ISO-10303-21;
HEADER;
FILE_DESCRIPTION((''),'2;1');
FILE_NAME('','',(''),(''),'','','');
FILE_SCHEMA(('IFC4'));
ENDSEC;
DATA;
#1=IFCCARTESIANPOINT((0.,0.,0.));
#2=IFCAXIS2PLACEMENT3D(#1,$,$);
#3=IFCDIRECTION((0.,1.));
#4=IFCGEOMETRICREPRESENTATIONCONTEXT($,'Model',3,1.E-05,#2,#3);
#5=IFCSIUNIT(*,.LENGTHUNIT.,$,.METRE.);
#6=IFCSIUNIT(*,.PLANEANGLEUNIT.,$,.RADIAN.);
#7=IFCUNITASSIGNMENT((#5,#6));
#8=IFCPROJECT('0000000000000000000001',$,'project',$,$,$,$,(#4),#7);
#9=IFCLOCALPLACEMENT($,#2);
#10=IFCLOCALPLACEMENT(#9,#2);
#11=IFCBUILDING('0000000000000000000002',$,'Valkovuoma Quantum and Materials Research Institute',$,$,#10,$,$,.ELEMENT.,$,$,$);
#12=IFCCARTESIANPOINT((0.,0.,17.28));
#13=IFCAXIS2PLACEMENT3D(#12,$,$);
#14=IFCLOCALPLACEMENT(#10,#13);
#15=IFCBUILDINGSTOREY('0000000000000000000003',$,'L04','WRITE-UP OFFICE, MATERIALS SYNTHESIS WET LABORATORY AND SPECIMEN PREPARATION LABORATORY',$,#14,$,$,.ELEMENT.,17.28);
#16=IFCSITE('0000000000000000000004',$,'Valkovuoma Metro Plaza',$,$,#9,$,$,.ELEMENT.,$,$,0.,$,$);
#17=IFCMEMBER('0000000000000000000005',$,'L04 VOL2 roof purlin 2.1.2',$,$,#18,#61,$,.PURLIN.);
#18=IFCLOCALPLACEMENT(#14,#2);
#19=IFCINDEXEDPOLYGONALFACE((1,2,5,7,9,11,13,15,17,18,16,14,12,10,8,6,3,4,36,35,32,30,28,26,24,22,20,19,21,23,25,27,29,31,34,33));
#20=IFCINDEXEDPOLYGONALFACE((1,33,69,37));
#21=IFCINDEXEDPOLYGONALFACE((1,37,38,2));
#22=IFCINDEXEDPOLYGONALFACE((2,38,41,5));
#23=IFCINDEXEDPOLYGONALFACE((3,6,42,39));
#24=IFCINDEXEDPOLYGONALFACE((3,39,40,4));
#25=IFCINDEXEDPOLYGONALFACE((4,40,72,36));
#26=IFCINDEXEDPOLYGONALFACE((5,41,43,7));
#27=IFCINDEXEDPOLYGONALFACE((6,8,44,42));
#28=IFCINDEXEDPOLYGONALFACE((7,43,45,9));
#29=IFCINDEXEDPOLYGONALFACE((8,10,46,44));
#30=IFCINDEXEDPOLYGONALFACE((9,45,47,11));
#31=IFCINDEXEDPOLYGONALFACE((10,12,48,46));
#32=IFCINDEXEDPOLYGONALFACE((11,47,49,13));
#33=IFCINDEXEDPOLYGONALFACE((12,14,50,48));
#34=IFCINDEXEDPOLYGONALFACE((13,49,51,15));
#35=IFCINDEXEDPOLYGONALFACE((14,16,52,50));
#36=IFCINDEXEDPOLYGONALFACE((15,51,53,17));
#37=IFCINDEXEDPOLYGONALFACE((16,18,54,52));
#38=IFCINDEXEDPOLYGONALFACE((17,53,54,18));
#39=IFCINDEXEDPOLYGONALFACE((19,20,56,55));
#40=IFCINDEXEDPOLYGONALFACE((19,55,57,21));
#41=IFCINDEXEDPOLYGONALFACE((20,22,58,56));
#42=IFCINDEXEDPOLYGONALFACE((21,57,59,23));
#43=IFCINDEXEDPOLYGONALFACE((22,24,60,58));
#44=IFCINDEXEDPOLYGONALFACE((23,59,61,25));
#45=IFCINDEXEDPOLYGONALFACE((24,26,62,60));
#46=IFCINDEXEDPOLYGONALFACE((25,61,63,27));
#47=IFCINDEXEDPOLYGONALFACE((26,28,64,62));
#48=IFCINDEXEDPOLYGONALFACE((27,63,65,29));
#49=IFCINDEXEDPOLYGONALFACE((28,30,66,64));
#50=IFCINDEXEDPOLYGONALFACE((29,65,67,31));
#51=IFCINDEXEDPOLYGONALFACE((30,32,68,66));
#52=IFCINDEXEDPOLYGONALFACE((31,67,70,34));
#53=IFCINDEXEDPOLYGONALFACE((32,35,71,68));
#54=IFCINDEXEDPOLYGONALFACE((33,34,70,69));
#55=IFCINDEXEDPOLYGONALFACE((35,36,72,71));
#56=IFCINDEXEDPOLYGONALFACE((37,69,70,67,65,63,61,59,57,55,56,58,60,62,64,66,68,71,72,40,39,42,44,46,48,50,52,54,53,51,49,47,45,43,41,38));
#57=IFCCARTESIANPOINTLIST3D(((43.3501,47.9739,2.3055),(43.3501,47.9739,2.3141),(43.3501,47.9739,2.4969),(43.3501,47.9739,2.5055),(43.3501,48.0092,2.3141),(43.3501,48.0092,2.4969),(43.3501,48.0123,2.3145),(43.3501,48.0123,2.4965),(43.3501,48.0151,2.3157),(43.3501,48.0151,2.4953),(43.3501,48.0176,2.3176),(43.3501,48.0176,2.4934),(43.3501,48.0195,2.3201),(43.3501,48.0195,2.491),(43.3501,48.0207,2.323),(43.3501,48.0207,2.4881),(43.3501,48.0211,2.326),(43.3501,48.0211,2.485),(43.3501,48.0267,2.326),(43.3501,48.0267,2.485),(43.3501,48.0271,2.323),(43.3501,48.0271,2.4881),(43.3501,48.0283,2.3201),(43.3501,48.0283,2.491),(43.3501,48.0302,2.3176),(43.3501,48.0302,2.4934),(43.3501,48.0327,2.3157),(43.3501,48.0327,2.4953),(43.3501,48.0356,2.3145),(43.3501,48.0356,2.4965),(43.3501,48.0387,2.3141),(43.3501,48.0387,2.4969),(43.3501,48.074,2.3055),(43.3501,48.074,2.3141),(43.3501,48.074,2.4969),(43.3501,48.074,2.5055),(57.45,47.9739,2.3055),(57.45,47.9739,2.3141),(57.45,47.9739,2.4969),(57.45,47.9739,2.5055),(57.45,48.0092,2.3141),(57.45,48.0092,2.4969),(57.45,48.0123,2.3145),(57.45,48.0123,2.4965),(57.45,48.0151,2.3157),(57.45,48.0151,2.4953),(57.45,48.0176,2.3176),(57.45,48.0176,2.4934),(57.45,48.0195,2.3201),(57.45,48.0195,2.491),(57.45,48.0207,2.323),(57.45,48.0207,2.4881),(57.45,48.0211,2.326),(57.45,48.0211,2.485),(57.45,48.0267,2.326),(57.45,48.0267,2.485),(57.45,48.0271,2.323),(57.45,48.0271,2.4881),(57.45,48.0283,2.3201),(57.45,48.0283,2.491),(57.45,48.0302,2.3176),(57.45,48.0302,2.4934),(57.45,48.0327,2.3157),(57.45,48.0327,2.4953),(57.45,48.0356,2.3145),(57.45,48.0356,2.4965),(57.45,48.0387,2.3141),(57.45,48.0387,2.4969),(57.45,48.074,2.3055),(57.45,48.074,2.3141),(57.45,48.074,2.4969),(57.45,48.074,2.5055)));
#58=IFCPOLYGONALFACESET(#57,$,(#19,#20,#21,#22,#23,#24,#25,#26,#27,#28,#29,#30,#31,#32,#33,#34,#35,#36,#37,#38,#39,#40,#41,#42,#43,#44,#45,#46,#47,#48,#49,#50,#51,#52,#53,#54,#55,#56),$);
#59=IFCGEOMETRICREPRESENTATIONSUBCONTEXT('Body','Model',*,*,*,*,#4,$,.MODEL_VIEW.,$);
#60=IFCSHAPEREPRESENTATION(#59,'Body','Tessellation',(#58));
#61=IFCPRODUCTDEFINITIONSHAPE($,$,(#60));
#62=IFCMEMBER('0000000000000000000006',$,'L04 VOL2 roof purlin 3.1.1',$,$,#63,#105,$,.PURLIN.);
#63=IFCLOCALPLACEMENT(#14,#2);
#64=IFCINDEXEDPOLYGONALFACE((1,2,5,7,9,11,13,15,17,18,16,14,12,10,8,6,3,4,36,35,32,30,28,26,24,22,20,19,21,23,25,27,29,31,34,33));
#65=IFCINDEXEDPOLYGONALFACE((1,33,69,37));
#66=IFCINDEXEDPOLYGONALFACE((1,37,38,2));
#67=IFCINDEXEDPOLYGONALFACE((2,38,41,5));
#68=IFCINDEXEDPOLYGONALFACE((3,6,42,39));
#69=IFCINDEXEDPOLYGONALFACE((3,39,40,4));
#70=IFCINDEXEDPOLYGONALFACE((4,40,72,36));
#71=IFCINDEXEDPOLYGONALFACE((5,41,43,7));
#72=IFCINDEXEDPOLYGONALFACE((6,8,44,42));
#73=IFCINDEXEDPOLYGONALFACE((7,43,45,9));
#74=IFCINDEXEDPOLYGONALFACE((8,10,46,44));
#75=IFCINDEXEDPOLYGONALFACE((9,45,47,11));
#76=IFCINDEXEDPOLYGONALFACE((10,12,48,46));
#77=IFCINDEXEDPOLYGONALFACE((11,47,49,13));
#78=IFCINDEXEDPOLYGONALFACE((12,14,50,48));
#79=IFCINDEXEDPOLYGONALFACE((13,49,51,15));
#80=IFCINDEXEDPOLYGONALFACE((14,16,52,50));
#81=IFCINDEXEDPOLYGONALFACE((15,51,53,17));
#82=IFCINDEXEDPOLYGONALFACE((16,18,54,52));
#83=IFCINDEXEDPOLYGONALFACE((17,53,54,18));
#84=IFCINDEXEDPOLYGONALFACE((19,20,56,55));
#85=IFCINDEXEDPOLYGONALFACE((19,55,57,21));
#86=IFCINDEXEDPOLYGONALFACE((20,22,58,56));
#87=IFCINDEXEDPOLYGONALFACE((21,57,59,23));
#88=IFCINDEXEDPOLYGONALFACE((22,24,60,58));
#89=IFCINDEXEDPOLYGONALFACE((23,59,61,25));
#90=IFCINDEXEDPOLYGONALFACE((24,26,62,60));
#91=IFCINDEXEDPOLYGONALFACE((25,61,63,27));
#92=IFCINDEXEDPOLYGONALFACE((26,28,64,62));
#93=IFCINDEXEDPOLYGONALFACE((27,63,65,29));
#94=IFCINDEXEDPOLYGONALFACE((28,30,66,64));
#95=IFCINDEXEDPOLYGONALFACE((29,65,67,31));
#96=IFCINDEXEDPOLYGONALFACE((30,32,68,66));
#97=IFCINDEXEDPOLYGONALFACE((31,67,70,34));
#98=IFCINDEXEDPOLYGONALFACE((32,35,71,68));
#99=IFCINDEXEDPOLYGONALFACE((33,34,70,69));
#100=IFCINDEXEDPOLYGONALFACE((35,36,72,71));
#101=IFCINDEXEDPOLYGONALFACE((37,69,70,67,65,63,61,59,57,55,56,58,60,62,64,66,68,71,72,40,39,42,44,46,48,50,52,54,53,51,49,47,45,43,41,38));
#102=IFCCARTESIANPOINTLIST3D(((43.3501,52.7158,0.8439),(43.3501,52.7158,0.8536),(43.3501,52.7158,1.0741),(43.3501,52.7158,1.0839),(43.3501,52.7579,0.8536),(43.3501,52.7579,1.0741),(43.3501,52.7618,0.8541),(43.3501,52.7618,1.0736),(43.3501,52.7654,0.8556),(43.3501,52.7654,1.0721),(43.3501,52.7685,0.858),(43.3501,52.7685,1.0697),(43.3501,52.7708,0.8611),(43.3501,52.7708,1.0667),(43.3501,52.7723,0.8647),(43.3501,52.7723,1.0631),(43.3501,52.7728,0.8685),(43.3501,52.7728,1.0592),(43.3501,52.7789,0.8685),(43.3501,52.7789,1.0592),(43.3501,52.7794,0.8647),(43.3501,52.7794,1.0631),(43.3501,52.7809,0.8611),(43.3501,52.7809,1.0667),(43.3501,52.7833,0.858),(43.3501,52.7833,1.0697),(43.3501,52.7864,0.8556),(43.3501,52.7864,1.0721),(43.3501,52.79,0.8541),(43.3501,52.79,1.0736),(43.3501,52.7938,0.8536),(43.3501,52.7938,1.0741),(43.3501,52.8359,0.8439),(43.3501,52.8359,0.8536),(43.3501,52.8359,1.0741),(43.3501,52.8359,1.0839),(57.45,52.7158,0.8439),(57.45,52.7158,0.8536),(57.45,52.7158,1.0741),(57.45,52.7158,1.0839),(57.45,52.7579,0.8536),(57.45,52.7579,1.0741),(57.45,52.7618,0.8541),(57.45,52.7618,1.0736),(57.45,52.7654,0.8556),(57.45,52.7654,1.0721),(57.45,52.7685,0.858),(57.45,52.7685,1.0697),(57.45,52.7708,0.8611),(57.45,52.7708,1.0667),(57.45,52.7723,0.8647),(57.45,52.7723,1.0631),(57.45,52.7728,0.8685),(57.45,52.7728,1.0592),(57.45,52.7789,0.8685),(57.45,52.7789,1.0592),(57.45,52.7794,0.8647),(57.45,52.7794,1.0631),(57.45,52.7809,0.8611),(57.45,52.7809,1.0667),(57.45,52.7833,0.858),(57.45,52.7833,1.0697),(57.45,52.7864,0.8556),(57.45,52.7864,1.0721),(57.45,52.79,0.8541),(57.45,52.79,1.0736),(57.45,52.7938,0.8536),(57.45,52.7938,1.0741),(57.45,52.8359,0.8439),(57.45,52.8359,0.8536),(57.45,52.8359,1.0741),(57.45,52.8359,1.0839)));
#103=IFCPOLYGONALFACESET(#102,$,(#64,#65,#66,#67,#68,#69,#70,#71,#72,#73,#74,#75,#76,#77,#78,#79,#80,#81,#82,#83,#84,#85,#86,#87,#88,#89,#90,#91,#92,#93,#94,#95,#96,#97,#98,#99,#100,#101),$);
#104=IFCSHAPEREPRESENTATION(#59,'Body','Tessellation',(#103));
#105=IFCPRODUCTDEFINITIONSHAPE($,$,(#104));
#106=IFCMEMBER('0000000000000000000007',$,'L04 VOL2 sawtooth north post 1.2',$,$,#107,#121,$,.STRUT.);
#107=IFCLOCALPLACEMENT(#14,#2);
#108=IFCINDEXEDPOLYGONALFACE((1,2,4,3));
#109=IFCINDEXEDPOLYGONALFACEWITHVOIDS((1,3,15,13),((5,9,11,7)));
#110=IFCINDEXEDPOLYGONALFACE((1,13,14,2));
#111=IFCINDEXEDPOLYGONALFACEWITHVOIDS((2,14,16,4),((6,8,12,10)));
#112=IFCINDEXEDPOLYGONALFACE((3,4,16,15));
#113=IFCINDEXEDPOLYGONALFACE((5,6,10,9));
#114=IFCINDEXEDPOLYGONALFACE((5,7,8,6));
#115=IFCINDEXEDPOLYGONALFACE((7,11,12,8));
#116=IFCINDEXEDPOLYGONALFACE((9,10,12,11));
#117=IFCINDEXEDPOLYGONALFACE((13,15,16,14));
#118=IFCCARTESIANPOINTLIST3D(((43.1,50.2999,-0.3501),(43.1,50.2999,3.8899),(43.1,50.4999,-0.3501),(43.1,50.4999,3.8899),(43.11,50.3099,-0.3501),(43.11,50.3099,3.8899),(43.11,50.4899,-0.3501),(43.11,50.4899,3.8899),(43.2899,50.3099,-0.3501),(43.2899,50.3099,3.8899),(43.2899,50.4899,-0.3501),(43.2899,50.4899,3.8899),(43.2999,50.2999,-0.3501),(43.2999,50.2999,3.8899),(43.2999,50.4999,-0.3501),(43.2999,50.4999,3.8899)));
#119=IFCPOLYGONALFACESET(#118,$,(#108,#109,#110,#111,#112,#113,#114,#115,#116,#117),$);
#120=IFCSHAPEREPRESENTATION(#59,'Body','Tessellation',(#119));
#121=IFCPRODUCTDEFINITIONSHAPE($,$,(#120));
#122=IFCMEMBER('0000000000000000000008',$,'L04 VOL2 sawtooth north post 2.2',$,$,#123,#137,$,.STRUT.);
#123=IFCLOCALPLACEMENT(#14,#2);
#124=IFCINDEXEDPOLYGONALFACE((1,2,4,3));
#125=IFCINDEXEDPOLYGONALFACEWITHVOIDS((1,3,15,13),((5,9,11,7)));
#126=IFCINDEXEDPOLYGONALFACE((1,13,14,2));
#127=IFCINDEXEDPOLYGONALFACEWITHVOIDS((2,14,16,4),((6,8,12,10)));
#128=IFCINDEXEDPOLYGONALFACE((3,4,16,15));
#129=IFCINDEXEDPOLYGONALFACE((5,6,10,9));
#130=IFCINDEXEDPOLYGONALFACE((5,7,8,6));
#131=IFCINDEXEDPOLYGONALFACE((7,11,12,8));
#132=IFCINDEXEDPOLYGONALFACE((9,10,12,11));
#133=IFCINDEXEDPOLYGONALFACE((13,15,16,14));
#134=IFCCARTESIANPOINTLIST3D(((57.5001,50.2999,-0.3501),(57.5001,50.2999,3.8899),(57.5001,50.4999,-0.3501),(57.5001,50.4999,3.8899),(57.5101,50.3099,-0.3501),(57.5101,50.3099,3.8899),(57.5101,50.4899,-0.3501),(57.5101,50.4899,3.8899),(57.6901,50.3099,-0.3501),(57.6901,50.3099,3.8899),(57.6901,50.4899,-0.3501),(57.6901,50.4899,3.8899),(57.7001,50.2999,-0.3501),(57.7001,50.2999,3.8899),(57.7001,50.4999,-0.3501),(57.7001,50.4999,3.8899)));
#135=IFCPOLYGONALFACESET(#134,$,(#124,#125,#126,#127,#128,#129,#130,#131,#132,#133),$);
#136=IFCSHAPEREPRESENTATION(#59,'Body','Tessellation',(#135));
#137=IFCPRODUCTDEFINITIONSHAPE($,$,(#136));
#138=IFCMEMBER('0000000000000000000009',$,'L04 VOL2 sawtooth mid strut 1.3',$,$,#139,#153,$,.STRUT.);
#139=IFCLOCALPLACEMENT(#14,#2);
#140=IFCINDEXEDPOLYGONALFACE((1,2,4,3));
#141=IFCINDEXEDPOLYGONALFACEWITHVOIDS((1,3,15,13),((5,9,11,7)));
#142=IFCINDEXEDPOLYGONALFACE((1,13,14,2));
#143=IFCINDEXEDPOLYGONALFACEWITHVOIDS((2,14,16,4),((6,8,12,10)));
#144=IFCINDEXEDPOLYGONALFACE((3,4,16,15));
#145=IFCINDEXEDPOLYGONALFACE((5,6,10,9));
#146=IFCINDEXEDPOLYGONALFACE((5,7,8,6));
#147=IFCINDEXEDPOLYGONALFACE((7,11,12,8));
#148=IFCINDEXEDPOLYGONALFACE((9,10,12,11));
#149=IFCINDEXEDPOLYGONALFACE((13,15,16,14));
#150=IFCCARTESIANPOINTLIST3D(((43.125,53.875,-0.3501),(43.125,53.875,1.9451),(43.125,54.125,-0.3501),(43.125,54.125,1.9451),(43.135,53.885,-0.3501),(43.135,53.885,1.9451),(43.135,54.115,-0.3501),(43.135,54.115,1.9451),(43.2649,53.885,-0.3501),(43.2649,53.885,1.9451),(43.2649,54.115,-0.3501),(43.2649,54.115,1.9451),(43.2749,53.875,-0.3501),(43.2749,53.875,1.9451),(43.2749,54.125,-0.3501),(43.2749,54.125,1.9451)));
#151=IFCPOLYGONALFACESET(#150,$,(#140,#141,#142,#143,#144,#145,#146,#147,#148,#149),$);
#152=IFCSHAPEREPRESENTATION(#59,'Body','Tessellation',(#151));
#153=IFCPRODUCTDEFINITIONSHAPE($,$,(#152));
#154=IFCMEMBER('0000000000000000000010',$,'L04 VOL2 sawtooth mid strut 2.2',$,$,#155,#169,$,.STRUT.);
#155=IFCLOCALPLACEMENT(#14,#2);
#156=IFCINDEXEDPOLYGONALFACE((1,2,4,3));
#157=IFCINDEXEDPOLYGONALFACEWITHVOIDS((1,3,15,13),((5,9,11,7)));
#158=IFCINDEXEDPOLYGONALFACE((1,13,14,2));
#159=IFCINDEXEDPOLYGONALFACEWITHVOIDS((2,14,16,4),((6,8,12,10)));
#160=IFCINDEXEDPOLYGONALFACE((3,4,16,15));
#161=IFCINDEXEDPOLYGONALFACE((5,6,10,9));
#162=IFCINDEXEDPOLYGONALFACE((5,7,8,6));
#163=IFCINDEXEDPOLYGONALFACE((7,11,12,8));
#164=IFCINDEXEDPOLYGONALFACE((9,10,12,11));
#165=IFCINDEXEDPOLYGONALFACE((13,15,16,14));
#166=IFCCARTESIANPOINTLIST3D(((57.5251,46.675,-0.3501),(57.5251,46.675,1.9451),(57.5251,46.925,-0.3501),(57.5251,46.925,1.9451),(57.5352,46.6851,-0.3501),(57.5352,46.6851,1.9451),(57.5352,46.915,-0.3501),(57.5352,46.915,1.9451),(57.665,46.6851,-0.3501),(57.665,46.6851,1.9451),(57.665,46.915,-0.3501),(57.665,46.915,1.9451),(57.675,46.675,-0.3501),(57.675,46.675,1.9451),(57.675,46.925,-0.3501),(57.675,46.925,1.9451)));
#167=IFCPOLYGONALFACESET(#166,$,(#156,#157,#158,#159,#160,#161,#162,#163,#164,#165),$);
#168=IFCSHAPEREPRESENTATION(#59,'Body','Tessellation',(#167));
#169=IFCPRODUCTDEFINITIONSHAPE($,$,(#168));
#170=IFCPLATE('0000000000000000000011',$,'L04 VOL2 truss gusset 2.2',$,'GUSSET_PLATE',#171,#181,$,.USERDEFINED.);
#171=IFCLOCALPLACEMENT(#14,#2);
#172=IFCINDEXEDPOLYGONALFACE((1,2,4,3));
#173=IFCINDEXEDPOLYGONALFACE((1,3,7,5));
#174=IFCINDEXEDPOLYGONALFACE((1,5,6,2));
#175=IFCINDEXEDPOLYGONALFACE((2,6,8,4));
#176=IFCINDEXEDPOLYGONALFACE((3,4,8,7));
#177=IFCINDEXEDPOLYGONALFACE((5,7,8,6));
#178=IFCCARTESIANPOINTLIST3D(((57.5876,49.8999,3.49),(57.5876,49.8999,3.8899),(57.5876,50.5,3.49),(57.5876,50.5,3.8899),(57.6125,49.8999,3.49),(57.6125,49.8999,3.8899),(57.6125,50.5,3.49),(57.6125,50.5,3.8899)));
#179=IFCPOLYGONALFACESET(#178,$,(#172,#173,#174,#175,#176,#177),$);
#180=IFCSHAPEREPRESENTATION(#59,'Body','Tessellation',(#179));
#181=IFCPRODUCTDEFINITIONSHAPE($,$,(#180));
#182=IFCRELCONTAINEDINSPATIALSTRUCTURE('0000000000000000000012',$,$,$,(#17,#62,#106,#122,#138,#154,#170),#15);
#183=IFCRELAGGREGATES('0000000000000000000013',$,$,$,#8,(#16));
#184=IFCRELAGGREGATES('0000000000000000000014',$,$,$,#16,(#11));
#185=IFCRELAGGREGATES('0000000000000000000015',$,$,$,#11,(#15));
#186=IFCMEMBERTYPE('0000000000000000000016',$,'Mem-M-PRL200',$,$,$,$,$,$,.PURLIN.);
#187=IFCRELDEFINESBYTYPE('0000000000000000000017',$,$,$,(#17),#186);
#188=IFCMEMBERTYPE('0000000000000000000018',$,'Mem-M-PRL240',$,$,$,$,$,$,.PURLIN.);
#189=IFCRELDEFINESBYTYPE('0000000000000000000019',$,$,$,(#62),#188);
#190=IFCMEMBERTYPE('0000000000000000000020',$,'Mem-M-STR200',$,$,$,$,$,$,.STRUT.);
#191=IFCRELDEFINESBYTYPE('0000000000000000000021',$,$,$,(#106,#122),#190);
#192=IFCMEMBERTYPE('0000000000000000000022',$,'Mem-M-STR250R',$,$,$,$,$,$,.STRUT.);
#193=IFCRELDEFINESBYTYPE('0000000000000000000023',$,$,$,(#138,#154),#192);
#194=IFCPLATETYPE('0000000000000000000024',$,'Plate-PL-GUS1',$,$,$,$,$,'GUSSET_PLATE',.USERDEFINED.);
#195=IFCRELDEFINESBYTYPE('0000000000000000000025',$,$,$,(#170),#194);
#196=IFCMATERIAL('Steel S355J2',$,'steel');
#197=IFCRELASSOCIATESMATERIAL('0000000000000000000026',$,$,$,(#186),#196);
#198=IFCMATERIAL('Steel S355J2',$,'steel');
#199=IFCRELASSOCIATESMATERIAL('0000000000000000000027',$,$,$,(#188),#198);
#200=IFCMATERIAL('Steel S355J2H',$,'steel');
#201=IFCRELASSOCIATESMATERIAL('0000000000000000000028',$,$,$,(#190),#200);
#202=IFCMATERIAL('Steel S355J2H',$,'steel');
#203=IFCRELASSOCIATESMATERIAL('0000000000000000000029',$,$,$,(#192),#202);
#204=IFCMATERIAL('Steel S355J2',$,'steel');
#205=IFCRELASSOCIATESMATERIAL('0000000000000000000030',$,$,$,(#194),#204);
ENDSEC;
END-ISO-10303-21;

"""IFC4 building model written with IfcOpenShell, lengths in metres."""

from ifc_helpers import new_model, si_unit, direction, frame, origin, origin_2d, place, context, subcontext, project, spatial, rectangle, hollow_rectangle, i_section, extrude, material, material_profile, profile_set, type_object, element, save


model = new_model("IFC4")

# Units and contexts
model_context = context("Model", 3, precision=1e-05, world=origin(), true_north=direction((0.0, 1.0)))
body_context = subcontext(model_context, "Body", "Model", "MODEL_VIEW")
ifc_project = project(units=[si_unit("LENGTHUNIT", "METRE"), si_unit("PLANEANGLEUNIT", "RADIAN")], contexts=[model_context])

# Site, building, storey
site_placement = place(None, origin())
site = spatial("IfcSite", under=ifc_project, at=site_placement, Name="Valkovuoma Metro Plaza", CompositionType="ELEMENT", RefElevation=0.0)
building_placement = place(site_placement, origin())
building = spatial("IfcBuilding", under=site, at=building_placement, Name="Valkovuoma Quantum and Materials Research Institute", CompositionType="ELEMENT")
storey_placement = place(building_placement, frame((0.0, 0.0, 17.28)))
storey = spatial("IfcBuildingStorey", under=building, at=storey_placement, Name="L04", Description="WRITE-UP OFFICE, MATERIALS SYNTHESIS WET LABORATORY AND SPECIMEN PREPARATION LABORATORY", CompositionType="ELEMENT", Elevation=17.28)

# Members
ifc_material_1 = material(Name="Steel S355J2", Category="steel")
ifc_material_profile_1 = material_profile(ifc_material_1, i_section(OverallWidth=0.1001, OverallDepth=0.2, WebThickness=0.0056, FlangeThickness=0.0085, FilletRadius=0.012, at=origin_2d()), Name="Steel S355J2")
ifc_profile_set_1 = profile_set([ifc_material_profile_1], Name="Steel S355J2")
member_type_1 = type_object("IfcMemberType", Name="Mem-M-PRL200", PredefinedType="PURLIN", material=ifc_profile_set_1)
member_1_placement = place(storey_placement, frame((43.3501, 48.0239, 2.4055), z_axis=(1.0, 0.0, 0.0), x_axis=(0.0, 1.0, 0.0)))
element("IfcMember", 1, at=member_1_placement, inside=storey, type_object=member_type_1, Name="L04 VOL2 roof purlin 2.1.2", PredefinedType="PURLIN", context=body_context, shape_type="SweptSolid", body=[
    extrude(i_section(OverallWidth=0.1001, OverallDepth=0.2, WebThickness=0.0056, FlangeThickness=0.0085, FilletRadius=0.012, at=origin_2d()), origin(), (0.0, 0.0, 1.0), 14.0999),
])
ifc_material_2 = material(Name="Steel S355J2", Category="steel")
ifc_material_profile_2 = material_profile(ifc_material_2, i_section(OverallWidth=0.1201, OverallDepth=0.24, WebThickness=0.0061, FlangeThickness=0.0098, FilletRadius=0.0149, at=origin_2d()), Name="Steel S355J2")
ifc_profile_set_2 = profile_set([ifc_material_profile_2], Name="Steel S355J2")
member_type_2 = type_object("IfcMemberType", Name="Mem-M-PRL240", PredefinedType="PURLIN", material=ifc_profile_set_2)
member_2_placement = place(storey_placement, frame((43.3501, 52.7759, 0.9639), z_axis=(1.0, 0.0, 0.0), x_axis=(0.0, 1.0, 0.0)))
element("IfcMember", 2, at=member_2_placement, inside=storey, type_object=member_type_2, Name="L04 VOL2 roof purlin 3.1.1", PredefinedType="PURLIN", context=body_context, shape_type="SweptSolid", body=[
    extrude(i_section(OverallWidth=0.1201, OverallDepth=0.24, WebThickness=0.0061, FlangeThickness=0.0098, FilletRadius=0.0149, at=origin_2d()), origin(), (0.0, 0.0, 1.0), 14.0999),
])
ifc_material_3 = material(Name="Steel S355J2H", Category="steel")
ifc_material_profile_3 = material_profile(ifc_material_3, hollow_rectangle(XDim=0.2, YDim=0.2, WallThickness=0.01, at=origin_2d()), Name="Steel S355J2H")
ifc_profile_set_3 = profile_set([ifc_material_profile_3], Name="Steel S355J2H")
member_type_3 = type_object("IfcMemberType", Name="Mem-M-STR200", PredefinedType="STRUT", material=ifc_profile_set_3)
for number, where, z_axis, x_axis, name in (
    (3, (43.2, 50.3999, -0.3501), (0.0, 0.0, 1.0), (1.0, 0.0, 0.0), "L04 VOL2 sawtooth north post 1.2"),
    (4, (57.6001, 50.3999, -0.3501), (0.0, 0.0, 1.0), (1.0, 0.0, 0.0), "L04 VOL2 sawtooth north post 2.2"),
):
    element("IfcMember", number, at=place(storey_placement, frame(where, z_axis=z_axis, x_axis=x_axis)), inside=storey, type_object=member_type_3, Name=name, PredefinedType="STRUT", context=body_context, shape_type="SweptSolid", body=[
        extrude(hollow_rectangle(XDim=0.2, YDim=0.2, WallThickness=0.01, at=origin_2d()), origin(), (0.0, 0.0, 1.0), 4.24),
    ])
ifc_material_4 = material(Name="Steel S355J2H", Category="steel")
ifc_material_profile_4 = material_profile(ifc_material_4, hollow_rectangle(XDim=0.1499, YDim=0.25, WallThickness=0.01, at=origin_2d()), Name="Steel S355J2H")
ifc_profile_set_4 = profile_set([ifc_material_profile_4], Name="Steel S355J2H")
member_type_4 = type_object("IfcMemberType", Name="Mem-M-STR250R", PredefinedType="STRUT", material=ifc_profile_set_4)
for number, where, z_axis, x_axis, name in (
    (5, (43.2, 54.0, -0.3501), (0.0, 0.0, 1.0), (1.0, 0.0, 0.0), "L04 VOL2 sawtooth mid strut 1.3"),
    (6, (57.6001, 46.8, -0.3501), (0.0, 0.0, 1.0), (1.0, 0.0, 0.0), "L04 VOL2 sawtooth mid strut 2.2"),
):
    element("IfcMember", number, at=place(storey_placement, frame(where, z_axis=z_axis, x_axis=x_axis)), inside=storey, type_object=member_type_4, Name=name, PredefinedType="STRUT", context=body_context, shape_type="SweptSolid", body=[
        extrude(hollow_rectangle(XDim=0.1499, YDim=0.25, WallThickness=0.01, at=origin_2d()), origin(), (0.0, 0.0, 1.0), 2.2952),
    ])

# Plate
ifc_material_5 = material(Name="Steel S355J2", Category="steel")
plate_type_1 = type_object("IfcPlateType", Name="Plate-PL-GUS1", ElementType="GUSSET_PLATE", PredefinedType="USERDEFINED", material=ifc_material_5)
plate_1_placement = place(storey_placement, frame((57.6001, 50.2, 3.49), z_axis=(0.0, 0.0, 1.0), x_axis=(0.0, 1.0, 0.0)))
element("IfcPlate", 7, at=plate_1_placement, inside=storey, type_object=plate_type_1, Name="L04 VOL2 truss gusset 2.2", ObjectType="GUSSET_PLATE", PredefinedType="USERDEFINED", context=body_context, shape_type="SweptSolid", body=[
    extrude(rectangle(XDim=0.6001, YDim=0.0249, at=origin_2d()), origin(), (0.0, 0.0, 1.0), 0.3999),
])

save(model, "model.ifc")
